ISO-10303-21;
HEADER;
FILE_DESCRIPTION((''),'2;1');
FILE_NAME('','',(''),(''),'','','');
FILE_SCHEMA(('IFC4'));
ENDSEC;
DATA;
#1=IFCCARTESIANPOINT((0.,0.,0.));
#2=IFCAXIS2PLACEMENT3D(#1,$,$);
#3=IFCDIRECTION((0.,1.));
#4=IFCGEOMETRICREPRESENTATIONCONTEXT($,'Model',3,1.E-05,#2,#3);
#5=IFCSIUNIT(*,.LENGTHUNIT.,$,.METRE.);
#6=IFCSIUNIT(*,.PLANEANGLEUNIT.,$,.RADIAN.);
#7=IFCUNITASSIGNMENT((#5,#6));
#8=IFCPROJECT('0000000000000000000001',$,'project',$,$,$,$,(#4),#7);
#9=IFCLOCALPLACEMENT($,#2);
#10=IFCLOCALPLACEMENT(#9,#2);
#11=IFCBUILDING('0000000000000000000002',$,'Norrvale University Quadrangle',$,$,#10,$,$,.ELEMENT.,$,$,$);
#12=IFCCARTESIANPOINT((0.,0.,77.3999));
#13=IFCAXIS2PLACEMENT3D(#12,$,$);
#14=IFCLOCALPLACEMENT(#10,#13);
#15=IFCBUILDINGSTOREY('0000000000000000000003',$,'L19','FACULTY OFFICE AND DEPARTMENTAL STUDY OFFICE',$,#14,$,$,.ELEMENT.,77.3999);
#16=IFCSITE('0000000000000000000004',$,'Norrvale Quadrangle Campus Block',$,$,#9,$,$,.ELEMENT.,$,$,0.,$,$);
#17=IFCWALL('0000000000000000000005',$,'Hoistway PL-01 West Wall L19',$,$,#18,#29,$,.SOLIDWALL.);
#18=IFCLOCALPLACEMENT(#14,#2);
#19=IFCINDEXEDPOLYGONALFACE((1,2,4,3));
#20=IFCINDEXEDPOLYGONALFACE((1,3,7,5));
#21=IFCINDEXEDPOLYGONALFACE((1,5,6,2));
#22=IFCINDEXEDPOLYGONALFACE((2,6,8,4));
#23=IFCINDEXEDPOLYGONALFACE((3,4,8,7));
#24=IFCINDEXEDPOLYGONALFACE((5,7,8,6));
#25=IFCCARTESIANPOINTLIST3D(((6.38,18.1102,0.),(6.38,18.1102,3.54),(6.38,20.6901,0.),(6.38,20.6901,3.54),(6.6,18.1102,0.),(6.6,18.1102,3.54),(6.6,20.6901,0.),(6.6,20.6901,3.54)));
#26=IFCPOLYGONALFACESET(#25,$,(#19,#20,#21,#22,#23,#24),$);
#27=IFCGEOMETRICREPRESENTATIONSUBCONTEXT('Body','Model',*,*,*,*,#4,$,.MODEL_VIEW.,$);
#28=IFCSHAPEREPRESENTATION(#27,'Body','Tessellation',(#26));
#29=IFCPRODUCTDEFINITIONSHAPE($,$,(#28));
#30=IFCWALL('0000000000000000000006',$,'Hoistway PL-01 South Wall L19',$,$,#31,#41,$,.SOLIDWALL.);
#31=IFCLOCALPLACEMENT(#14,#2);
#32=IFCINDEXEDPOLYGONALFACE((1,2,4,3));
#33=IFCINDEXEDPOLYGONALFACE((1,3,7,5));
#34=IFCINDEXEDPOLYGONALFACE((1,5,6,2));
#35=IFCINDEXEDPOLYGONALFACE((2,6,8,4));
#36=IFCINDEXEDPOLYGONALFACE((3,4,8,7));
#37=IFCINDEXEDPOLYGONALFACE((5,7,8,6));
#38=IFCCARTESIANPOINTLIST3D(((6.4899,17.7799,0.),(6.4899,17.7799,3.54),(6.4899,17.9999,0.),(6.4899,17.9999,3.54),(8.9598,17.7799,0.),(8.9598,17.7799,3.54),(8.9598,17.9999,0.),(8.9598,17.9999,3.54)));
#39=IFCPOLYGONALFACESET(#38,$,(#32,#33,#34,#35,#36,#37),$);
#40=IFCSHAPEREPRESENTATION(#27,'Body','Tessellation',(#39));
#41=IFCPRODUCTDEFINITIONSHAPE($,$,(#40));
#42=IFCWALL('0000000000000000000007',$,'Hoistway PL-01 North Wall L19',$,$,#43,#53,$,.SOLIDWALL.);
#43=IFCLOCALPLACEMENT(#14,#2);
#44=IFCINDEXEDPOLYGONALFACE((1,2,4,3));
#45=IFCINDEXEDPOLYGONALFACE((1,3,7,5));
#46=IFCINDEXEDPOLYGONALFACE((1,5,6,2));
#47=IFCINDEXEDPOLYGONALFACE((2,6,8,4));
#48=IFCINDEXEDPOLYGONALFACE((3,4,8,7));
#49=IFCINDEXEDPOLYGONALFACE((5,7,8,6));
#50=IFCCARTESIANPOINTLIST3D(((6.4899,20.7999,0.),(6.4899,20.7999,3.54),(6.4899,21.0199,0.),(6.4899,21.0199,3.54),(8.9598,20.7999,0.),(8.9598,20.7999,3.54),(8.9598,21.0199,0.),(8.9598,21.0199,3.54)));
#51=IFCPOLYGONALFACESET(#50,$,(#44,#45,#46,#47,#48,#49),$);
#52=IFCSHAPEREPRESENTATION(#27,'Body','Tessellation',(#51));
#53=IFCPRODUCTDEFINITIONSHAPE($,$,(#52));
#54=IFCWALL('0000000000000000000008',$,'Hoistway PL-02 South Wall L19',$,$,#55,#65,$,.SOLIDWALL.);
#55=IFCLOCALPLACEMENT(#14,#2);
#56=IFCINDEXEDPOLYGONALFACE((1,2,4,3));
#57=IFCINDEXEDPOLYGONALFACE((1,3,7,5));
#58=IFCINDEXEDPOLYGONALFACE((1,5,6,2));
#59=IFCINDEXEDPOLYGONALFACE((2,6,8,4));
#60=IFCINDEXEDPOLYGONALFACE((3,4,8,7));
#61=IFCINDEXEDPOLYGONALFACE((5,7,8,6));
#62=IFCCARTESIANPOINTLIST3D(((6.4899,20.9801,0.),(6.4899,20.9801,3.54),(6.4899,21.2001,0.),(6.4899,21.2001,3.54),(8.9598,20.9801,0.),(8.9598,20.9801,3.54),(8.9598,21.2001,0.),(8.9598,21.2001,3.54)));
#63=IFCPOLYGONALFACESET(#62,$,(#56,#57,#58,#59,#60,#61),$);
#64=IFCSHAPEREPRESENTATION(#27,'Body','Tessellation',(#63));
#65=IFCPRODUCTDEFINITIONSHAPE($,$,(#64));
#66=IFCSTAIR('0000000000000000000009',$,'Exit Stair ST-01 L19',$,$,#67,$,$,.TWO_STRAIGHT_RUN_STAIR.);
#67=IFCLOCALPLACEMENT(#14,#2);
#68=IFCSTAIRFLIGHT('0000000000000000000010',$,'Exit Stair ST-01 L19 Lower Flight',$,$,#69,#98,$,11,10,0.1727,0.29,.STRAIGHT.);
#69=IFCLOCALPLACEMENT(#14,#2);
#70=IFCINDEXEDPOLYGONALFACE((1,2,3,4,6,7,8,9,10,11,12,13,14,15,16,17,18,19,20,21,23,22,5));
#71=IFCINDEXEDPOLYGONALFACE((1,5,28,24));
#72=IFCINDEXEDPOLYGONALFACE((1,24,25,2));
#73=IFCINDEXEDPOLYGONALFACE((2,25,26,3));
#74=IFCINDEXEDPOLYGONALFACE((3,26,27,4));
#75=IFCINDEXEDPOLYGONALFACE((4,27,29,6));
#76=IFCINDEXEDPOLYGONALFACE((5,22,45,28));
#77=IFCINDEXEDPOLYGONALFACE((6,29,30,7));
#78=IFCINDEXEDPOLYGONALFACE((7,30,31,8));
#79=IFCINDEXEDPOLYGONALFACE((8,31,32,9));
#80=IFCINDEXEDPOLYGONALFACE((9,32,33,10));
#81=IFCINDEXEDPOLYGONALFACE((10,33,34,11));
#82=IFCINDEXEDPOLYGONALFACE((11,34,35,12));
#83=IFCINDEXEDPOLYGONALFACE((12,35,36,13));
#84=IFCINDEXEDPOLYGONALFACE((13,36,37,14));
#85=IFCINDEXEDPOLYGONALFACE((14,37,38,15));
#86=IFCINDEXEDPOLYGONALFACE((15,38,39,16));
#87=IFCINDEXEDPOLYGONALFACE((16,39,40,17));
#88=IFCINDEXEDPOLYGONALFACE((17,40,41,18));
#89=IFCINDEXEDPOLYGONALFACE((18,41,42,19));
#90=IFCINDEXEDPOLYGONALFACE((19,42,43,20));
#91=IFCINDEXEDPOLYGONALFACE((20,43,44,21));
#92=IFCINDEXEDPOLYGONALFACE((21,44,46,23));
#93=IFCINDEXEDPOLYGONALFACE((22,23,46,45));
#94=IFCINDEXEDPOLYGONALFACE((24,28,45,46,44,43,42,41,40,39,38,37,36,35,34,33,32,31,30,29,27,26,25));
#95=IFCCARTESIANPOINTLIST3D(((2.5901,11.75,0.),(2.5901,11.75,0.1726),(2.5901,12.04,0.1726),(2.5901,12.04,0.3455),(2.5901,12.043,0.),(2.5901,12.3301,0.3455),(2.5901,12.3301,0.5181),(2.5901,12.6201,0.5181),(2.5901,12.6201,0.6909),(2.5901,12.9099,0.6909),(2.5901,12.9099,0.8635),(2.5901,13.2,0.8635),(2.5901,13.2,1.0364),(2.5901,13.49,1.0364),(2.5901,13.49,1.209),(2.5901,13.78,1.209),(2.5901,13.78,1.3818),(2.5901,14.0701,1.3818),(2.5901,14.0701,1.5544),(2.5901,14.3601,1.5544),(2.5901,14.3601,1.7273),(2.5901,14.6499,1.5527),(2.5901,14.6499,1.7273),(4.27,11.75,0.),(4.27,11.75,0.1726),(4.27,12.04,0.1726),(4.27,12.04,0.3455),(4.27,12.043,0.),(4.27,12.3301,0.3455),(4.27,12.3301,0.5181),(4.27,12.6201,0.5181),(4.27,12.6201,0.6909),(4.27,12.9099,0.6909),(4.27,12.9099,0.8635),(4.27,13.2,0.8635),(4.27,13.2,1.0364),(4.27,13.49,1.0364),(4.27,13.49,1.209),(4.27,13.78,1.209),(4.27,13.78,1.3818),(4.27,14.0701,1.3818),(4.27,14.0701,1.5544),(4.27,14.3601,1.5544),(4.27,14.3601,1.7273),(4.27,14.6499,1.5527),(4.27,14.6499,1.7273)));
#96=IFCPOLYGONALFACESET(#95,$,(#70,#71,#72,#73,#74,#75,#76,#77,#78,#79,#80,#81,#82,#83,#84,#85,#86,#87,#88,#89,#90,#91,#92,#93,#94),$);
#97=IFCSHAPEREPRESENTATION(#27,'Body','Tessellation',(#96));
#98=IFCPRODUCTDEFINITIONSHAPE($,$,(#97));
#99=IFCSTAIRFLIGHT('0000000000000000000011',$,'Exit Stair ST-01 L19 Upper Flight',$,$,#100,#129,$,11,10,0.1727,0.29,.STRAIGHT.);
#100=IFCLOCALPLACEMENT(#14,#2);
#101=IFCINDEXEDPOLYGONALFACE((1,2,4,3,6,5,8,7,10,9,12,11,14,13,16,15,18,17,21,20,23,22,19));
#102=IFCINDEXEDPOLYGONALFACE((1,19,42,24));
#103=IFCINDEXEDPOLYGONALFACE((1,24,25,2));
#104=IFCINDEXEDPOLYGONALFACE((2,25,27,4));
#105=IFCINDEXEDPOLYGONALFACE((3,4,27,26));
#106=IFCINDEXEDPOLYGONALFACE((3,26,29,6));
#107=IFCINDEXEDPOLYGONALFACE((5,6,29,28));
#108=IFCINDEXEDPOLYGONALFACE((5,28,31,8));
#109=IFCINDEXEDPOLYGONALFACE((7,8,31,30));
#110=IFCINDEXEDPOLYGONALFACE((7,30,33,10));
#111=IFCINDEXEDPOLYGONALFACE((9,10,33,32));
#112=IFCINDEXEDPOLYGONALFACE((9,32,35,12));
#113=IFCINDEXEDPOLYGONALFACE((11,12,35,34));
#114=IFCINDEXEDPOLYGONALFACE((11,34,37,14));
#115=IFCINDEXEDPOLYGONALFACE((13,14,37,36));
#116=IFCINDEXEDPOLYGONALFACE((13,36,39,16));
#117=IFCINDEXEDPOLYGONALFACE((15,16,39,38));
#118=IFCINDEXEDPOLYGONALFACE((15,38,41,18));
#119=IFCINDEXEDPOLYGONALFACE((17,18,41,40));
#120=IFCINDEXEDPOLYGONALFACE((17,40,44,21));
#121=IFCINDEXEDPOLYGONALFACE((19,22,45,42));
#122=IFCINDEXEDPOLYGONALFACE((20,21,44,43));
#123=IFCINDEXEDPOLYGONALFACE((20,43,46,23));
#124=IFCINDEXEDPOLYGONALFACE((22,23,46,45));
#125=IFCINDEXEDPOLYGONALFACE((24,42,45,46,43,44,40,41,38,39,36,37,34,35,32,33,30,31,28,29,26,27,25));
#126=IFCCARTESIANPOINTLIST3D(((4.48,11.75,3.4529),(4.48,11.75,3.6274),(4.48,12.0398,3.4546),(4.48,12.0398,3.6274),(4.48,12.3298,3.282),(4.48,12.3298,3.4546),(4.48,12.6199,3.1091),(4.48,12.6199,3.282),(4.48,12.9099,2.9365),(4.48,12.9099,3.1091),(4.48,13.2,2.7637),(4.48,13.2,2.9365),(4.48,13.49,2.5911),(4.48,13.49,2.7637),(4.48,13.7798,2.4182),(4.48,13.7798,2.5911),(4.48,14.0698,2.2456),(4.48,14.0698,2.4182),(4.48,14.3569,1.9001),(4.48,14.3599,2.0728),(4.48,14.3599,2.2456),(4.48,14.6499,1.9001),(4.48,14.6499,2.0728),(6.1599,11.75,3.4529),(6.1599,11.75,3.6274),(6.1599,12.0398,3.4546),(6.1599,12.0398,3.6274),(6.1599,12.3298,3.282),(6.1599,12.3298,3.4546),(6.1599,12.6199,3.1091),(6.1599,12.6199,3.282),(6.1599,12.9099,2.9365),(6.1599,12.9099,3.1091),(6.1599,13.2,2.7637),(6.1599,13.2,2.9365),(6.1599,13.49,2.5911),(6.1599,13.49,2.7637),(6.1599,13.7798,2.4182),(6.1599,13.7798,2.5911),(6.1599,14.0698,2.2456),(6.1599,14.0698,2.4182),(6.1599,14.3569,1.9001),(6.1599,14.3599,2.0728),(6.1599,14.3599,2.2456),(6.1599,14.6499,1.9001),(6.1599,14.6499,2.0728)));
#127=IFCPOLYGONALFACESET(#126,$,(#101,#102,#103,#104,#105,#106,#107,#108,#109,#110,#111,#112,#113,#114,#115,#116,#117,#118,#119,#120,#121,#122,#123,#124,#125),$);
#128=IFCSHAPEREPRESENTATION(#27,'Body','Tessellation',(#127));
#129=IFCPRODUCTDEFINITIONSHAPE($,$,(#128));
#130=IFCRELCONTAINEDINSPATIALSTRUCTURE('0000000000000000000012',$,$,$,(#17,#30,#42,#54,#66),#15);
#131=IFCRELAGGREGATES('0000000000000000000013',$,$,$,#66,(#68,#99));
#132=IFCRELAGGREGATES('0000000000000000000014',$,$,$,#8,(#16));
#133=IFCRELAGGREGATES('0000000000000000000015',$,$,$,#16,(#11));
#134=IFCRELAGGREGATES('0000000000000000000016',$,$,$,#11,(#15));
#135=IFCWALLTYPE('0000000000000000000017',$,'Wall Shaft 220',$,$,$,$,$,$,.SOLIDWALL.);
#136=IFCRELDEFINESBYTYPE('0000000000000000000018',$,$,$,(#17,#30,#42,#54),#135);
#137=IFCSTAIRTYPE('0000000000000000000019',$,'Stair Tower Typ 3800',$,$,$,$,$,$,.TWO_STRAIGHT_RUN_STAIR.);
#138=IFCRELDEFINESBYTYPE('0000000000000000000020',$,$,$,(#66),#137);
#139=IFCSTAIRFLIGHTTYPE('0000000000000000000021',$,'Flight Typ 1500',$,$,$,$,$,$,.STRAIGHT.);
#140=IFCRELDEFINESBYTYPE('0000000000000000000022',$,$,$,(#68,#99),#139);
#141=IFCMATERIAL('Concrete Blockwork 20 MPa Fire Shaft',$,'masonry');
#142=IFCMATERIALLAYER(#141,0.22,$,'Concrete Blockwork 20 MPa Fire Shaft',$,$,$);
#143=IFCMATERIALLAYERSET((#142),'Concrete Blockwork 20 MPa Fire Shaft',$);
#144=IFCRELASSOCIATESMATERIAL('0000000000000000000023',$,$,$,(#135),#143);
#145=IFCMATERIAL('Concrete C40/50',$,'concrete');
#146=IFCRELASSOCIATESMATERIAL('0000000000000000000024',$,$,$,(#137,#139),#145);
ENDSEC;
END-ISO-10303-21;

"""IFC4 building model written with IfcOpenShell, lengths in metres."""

from ifc_helpers import new_model, si_unit, direction, frame, frame_2d, origin, place, context, subcontext, project, spatial, polyline, rectangle, outline, extrude, material, layer, layer_set, type_object, element, aggregate, save


model = new_model("IFC4")

# Units and contexts
model_context = context("Model", 3, precision=1e-05, world=origin(), true_north=direction((0.0, 1.0)))
body_context = subcontext(model_context, "Body", "Model", "MODEL_VIEW")
ifc_project = project(units=[si_unit("LENGTHUNIT", "METRE"), si_unit("PLANEANGLEUNIT", "RADIAN")], contexts=[model_context])

# Site, building, storey
site_placement = place(None, origin())
site = spatial("IfcSite", under=ifc_project, at=site_placement, Name="Norrvale Quadrangle Campus Block", CompositionType="ELEMENT", RefElevation=0.0)
building_placement = place(site_placement, origin())
building = spatial("IfcBuilding", under=site, at=building_placement, Name="Norrvale University Quadrangle", CompositionType="ELEMENT")
storey_placement = place(building_placement, frame((0.0, 0.0, 77.3999)))
storey = spatial("IfcBuildingStorey", under=building, at=storey_placement, Name="L19", Description="FACULTY OFFICE AND DEPARTMENTAL STUDY OFFICE", CompositionType="ELEMENT", Elevation=77.3999)

# Walls
ifc_material_1 = material(Name="Concrete Blockwork 20 MPa Fire Shaft", Category="masonry")
ifc_layer_1 = layer(ifc_material_1, 0.22, Name="Concrete Blockwork 20 MPa Fire Shaft")
ifc_layer_set_1 = layer_set([ifc_layer_1], Name="Concrete Blockwork 20 MPa Fire Shaft")
wall_type_1 = type_object("IfcWallType", Name="Wall Shaft 220", PredefinedType="SOLIDWALL", material=ifc_layer_set_1)
wall_1_placement = place(storey_placement, frame((6.49, 18.1101, 0.0), z_axis=(0.0, 0.0, 1.0), x_axis=(0.0, 1.0, 0.0)))
element("IfcWall", 1, at=wall_1_placement, inside=storey, type_object=wall_type_1, Name="Hoistway PL-01 West Wall L19", PredefinedType="SOLIDWALL", context=body_context, shape_type="SweptSolid", body=[
    extrude(rectangle(XDim=2.5798, YDim=0.22, at=frame_2d((1.29, 0.0))), origin(), (0.0, 0.0, 1.0), 3.54),
])
for number, where, z_axis, x_axis, name in (
    (2, (6.49, 17.8899, 0.0), (0.0, 0.0, 1.0), (1.0, 0.0, 0.0), "Hoistway PL-01 South Wall L19"),
    (3, (6.49, 20.9099, 0.0), (0.0, 0.0, 1.0), (1.0, 0.0, 0.0), "Hoistway PL-01 North Wall L19"),
    (4, (6.49, 21.0901, 0.0), (0.0, 0.0, 1.0), (1.0, 0.0, 0.0), "Hoistway PL-02 South Wall L19"),
):
    element("IfcWall", number, at=place(storey_placement, frame(where, z_axis=z_axis, x_axis=x_axis)), inside=storey, type_object=wall_type_1, Name=name, PredefinedType="SOLIDWALL", context=body_context, shape_type="SweptSolid", body=[
        extrude(rectangle(XDim=2.47, YDim=0.22, at=frame_2d((1.2349, 0.0))), origin(), (0.0, 0.0, 1.0), 3.54),
    ])

# Stair, stair flights
ifc_material_2 = material(Name="Concrete C40/50", Category="concrete")
stair_type = type_object("IfcStairType", Name="Stair Tower Typ 3800", PredefinedType="TWO_STRAIGHT_RUN_STAIR", material=ifc_material_2)
stair_placement = place(storey_placement, origin())
stair = element("IfcStair", 5, at=stair_placement, inside=storey, type_object=stair_type, Name="Exit Stair ST-01 L19", PredefinedType="TWO_STRAIGHT_RUN_STAIR")
stair_flight_type = type_object("IfcStairFlightType", Name="Flight Typ 1500", PredefinedType="STRAIGHT", material=ifc_material_2)
stair_flight_1_placement = place(storey_placement, frame((3.4299, 11.75, 0.0), z_axis=(0.0, 0.0, 1.0), x_axis=(0.0, 1.0, 0.0)))
stair_flight_1 = element("IfcStairFlight", 6, at=stair_flight_1_placement, type_object=stair_flight_type, Name="Exit Stair ST-01 L19 Lower Flight", NumberOfRisers=11, NumberOfTreads=10, PredefinedType="STRAIGHT", RiserHeight=0.1727, TreadLength=0.29, context=body_context, shape_type="SweptSolid", body=[
    extrude(outline(polyline([(0.0, 0.0), (0.0, 0.1726), (0.29, 0.1726), (0.29, 0.3455), (0.5801, 0.3455), (0.5801, 0.5181), (0.8701, 0.5181), (0.8701, 0.6909), (1.1599, 0.6909), (1.1599, 0.8635), (1.45, 0.8635), (1.45, 1.0364), (1.74, 1.0364), (1.74, 1.209), (2.03, 1.209), (2.03, 1.3818), (2.3201, 1.3818), (2.3201, 1.5544), (2.6101, 1.5544), (2.6101, 1.7273), (2.8999, 1.7273), (2.8999, 1.8999), (2.8999, 1.5527), (0.293, 0.0), (0.0, 0.0)])), frame((0.0, 0.8398, 0.0), z_axis=(0.0, -1.0, 0.0), x_axis=(1.0, 0.0, 0.0)), (0.0, 0.0, 1.0), 1.6799),
])
stair_flight_2_placement = place(storey_placement, frame((5.3201, 14.6499, 1.9001), z_axis=(0.0, 0.0, 1.0), x_axis=(0.0, -1.0, 0.0)))
stair_flight_2 = element("IfcStairFlight", 7, at=stair_flight_2_placement, type_object=stair_flight_type, Name="Exit Stair ST-01 L19 Upper Flight", NumberOfRisers=11, NumberOfTreads=10, PredefinedType="STRAIGHT", RiserHeight=0.1727, TreadLength=0.29, context=body_context, shape_type="SweptSolid", body=[
    extrude(outline(polyline([(0.0, 0.0), (0.0, 0.1726), (0.29, 0.1726), (0.29, 0.3455), (0.5801, 0.3455), (0.5801, 0.5181), (0.8701, 0.5181), (0.8701, 0.6909), (1.1599, 0.6909), (1.1599, 0.8635), (1.45, 0.8635), (1.45, 1.0364), (1.74, 1.0364), (1.74, 1.209), (2.03, 1.209), (2.03, 1.3818), (2.3201, 1.3818), (2.3201, 1.5544), (2.6101, 1.5544), (2.6101, 1.7273), (2.8999, 1.7273), (2.8999, 1.8999), (2.8999, 1.5527), (0.293, 0.0), (0.0, 0.0)])), frame((0.0, 0.8398, 0.0), z_axis=(0.0, -1.0, 0.0), x_axis=(1.0, 0.0, 0.0)), (0.0, 0.0, 1.0), 1.6799),
])
aggregate(stair, [stair_flight_1, stair_flight_2])

save(model, "model.ifc")
